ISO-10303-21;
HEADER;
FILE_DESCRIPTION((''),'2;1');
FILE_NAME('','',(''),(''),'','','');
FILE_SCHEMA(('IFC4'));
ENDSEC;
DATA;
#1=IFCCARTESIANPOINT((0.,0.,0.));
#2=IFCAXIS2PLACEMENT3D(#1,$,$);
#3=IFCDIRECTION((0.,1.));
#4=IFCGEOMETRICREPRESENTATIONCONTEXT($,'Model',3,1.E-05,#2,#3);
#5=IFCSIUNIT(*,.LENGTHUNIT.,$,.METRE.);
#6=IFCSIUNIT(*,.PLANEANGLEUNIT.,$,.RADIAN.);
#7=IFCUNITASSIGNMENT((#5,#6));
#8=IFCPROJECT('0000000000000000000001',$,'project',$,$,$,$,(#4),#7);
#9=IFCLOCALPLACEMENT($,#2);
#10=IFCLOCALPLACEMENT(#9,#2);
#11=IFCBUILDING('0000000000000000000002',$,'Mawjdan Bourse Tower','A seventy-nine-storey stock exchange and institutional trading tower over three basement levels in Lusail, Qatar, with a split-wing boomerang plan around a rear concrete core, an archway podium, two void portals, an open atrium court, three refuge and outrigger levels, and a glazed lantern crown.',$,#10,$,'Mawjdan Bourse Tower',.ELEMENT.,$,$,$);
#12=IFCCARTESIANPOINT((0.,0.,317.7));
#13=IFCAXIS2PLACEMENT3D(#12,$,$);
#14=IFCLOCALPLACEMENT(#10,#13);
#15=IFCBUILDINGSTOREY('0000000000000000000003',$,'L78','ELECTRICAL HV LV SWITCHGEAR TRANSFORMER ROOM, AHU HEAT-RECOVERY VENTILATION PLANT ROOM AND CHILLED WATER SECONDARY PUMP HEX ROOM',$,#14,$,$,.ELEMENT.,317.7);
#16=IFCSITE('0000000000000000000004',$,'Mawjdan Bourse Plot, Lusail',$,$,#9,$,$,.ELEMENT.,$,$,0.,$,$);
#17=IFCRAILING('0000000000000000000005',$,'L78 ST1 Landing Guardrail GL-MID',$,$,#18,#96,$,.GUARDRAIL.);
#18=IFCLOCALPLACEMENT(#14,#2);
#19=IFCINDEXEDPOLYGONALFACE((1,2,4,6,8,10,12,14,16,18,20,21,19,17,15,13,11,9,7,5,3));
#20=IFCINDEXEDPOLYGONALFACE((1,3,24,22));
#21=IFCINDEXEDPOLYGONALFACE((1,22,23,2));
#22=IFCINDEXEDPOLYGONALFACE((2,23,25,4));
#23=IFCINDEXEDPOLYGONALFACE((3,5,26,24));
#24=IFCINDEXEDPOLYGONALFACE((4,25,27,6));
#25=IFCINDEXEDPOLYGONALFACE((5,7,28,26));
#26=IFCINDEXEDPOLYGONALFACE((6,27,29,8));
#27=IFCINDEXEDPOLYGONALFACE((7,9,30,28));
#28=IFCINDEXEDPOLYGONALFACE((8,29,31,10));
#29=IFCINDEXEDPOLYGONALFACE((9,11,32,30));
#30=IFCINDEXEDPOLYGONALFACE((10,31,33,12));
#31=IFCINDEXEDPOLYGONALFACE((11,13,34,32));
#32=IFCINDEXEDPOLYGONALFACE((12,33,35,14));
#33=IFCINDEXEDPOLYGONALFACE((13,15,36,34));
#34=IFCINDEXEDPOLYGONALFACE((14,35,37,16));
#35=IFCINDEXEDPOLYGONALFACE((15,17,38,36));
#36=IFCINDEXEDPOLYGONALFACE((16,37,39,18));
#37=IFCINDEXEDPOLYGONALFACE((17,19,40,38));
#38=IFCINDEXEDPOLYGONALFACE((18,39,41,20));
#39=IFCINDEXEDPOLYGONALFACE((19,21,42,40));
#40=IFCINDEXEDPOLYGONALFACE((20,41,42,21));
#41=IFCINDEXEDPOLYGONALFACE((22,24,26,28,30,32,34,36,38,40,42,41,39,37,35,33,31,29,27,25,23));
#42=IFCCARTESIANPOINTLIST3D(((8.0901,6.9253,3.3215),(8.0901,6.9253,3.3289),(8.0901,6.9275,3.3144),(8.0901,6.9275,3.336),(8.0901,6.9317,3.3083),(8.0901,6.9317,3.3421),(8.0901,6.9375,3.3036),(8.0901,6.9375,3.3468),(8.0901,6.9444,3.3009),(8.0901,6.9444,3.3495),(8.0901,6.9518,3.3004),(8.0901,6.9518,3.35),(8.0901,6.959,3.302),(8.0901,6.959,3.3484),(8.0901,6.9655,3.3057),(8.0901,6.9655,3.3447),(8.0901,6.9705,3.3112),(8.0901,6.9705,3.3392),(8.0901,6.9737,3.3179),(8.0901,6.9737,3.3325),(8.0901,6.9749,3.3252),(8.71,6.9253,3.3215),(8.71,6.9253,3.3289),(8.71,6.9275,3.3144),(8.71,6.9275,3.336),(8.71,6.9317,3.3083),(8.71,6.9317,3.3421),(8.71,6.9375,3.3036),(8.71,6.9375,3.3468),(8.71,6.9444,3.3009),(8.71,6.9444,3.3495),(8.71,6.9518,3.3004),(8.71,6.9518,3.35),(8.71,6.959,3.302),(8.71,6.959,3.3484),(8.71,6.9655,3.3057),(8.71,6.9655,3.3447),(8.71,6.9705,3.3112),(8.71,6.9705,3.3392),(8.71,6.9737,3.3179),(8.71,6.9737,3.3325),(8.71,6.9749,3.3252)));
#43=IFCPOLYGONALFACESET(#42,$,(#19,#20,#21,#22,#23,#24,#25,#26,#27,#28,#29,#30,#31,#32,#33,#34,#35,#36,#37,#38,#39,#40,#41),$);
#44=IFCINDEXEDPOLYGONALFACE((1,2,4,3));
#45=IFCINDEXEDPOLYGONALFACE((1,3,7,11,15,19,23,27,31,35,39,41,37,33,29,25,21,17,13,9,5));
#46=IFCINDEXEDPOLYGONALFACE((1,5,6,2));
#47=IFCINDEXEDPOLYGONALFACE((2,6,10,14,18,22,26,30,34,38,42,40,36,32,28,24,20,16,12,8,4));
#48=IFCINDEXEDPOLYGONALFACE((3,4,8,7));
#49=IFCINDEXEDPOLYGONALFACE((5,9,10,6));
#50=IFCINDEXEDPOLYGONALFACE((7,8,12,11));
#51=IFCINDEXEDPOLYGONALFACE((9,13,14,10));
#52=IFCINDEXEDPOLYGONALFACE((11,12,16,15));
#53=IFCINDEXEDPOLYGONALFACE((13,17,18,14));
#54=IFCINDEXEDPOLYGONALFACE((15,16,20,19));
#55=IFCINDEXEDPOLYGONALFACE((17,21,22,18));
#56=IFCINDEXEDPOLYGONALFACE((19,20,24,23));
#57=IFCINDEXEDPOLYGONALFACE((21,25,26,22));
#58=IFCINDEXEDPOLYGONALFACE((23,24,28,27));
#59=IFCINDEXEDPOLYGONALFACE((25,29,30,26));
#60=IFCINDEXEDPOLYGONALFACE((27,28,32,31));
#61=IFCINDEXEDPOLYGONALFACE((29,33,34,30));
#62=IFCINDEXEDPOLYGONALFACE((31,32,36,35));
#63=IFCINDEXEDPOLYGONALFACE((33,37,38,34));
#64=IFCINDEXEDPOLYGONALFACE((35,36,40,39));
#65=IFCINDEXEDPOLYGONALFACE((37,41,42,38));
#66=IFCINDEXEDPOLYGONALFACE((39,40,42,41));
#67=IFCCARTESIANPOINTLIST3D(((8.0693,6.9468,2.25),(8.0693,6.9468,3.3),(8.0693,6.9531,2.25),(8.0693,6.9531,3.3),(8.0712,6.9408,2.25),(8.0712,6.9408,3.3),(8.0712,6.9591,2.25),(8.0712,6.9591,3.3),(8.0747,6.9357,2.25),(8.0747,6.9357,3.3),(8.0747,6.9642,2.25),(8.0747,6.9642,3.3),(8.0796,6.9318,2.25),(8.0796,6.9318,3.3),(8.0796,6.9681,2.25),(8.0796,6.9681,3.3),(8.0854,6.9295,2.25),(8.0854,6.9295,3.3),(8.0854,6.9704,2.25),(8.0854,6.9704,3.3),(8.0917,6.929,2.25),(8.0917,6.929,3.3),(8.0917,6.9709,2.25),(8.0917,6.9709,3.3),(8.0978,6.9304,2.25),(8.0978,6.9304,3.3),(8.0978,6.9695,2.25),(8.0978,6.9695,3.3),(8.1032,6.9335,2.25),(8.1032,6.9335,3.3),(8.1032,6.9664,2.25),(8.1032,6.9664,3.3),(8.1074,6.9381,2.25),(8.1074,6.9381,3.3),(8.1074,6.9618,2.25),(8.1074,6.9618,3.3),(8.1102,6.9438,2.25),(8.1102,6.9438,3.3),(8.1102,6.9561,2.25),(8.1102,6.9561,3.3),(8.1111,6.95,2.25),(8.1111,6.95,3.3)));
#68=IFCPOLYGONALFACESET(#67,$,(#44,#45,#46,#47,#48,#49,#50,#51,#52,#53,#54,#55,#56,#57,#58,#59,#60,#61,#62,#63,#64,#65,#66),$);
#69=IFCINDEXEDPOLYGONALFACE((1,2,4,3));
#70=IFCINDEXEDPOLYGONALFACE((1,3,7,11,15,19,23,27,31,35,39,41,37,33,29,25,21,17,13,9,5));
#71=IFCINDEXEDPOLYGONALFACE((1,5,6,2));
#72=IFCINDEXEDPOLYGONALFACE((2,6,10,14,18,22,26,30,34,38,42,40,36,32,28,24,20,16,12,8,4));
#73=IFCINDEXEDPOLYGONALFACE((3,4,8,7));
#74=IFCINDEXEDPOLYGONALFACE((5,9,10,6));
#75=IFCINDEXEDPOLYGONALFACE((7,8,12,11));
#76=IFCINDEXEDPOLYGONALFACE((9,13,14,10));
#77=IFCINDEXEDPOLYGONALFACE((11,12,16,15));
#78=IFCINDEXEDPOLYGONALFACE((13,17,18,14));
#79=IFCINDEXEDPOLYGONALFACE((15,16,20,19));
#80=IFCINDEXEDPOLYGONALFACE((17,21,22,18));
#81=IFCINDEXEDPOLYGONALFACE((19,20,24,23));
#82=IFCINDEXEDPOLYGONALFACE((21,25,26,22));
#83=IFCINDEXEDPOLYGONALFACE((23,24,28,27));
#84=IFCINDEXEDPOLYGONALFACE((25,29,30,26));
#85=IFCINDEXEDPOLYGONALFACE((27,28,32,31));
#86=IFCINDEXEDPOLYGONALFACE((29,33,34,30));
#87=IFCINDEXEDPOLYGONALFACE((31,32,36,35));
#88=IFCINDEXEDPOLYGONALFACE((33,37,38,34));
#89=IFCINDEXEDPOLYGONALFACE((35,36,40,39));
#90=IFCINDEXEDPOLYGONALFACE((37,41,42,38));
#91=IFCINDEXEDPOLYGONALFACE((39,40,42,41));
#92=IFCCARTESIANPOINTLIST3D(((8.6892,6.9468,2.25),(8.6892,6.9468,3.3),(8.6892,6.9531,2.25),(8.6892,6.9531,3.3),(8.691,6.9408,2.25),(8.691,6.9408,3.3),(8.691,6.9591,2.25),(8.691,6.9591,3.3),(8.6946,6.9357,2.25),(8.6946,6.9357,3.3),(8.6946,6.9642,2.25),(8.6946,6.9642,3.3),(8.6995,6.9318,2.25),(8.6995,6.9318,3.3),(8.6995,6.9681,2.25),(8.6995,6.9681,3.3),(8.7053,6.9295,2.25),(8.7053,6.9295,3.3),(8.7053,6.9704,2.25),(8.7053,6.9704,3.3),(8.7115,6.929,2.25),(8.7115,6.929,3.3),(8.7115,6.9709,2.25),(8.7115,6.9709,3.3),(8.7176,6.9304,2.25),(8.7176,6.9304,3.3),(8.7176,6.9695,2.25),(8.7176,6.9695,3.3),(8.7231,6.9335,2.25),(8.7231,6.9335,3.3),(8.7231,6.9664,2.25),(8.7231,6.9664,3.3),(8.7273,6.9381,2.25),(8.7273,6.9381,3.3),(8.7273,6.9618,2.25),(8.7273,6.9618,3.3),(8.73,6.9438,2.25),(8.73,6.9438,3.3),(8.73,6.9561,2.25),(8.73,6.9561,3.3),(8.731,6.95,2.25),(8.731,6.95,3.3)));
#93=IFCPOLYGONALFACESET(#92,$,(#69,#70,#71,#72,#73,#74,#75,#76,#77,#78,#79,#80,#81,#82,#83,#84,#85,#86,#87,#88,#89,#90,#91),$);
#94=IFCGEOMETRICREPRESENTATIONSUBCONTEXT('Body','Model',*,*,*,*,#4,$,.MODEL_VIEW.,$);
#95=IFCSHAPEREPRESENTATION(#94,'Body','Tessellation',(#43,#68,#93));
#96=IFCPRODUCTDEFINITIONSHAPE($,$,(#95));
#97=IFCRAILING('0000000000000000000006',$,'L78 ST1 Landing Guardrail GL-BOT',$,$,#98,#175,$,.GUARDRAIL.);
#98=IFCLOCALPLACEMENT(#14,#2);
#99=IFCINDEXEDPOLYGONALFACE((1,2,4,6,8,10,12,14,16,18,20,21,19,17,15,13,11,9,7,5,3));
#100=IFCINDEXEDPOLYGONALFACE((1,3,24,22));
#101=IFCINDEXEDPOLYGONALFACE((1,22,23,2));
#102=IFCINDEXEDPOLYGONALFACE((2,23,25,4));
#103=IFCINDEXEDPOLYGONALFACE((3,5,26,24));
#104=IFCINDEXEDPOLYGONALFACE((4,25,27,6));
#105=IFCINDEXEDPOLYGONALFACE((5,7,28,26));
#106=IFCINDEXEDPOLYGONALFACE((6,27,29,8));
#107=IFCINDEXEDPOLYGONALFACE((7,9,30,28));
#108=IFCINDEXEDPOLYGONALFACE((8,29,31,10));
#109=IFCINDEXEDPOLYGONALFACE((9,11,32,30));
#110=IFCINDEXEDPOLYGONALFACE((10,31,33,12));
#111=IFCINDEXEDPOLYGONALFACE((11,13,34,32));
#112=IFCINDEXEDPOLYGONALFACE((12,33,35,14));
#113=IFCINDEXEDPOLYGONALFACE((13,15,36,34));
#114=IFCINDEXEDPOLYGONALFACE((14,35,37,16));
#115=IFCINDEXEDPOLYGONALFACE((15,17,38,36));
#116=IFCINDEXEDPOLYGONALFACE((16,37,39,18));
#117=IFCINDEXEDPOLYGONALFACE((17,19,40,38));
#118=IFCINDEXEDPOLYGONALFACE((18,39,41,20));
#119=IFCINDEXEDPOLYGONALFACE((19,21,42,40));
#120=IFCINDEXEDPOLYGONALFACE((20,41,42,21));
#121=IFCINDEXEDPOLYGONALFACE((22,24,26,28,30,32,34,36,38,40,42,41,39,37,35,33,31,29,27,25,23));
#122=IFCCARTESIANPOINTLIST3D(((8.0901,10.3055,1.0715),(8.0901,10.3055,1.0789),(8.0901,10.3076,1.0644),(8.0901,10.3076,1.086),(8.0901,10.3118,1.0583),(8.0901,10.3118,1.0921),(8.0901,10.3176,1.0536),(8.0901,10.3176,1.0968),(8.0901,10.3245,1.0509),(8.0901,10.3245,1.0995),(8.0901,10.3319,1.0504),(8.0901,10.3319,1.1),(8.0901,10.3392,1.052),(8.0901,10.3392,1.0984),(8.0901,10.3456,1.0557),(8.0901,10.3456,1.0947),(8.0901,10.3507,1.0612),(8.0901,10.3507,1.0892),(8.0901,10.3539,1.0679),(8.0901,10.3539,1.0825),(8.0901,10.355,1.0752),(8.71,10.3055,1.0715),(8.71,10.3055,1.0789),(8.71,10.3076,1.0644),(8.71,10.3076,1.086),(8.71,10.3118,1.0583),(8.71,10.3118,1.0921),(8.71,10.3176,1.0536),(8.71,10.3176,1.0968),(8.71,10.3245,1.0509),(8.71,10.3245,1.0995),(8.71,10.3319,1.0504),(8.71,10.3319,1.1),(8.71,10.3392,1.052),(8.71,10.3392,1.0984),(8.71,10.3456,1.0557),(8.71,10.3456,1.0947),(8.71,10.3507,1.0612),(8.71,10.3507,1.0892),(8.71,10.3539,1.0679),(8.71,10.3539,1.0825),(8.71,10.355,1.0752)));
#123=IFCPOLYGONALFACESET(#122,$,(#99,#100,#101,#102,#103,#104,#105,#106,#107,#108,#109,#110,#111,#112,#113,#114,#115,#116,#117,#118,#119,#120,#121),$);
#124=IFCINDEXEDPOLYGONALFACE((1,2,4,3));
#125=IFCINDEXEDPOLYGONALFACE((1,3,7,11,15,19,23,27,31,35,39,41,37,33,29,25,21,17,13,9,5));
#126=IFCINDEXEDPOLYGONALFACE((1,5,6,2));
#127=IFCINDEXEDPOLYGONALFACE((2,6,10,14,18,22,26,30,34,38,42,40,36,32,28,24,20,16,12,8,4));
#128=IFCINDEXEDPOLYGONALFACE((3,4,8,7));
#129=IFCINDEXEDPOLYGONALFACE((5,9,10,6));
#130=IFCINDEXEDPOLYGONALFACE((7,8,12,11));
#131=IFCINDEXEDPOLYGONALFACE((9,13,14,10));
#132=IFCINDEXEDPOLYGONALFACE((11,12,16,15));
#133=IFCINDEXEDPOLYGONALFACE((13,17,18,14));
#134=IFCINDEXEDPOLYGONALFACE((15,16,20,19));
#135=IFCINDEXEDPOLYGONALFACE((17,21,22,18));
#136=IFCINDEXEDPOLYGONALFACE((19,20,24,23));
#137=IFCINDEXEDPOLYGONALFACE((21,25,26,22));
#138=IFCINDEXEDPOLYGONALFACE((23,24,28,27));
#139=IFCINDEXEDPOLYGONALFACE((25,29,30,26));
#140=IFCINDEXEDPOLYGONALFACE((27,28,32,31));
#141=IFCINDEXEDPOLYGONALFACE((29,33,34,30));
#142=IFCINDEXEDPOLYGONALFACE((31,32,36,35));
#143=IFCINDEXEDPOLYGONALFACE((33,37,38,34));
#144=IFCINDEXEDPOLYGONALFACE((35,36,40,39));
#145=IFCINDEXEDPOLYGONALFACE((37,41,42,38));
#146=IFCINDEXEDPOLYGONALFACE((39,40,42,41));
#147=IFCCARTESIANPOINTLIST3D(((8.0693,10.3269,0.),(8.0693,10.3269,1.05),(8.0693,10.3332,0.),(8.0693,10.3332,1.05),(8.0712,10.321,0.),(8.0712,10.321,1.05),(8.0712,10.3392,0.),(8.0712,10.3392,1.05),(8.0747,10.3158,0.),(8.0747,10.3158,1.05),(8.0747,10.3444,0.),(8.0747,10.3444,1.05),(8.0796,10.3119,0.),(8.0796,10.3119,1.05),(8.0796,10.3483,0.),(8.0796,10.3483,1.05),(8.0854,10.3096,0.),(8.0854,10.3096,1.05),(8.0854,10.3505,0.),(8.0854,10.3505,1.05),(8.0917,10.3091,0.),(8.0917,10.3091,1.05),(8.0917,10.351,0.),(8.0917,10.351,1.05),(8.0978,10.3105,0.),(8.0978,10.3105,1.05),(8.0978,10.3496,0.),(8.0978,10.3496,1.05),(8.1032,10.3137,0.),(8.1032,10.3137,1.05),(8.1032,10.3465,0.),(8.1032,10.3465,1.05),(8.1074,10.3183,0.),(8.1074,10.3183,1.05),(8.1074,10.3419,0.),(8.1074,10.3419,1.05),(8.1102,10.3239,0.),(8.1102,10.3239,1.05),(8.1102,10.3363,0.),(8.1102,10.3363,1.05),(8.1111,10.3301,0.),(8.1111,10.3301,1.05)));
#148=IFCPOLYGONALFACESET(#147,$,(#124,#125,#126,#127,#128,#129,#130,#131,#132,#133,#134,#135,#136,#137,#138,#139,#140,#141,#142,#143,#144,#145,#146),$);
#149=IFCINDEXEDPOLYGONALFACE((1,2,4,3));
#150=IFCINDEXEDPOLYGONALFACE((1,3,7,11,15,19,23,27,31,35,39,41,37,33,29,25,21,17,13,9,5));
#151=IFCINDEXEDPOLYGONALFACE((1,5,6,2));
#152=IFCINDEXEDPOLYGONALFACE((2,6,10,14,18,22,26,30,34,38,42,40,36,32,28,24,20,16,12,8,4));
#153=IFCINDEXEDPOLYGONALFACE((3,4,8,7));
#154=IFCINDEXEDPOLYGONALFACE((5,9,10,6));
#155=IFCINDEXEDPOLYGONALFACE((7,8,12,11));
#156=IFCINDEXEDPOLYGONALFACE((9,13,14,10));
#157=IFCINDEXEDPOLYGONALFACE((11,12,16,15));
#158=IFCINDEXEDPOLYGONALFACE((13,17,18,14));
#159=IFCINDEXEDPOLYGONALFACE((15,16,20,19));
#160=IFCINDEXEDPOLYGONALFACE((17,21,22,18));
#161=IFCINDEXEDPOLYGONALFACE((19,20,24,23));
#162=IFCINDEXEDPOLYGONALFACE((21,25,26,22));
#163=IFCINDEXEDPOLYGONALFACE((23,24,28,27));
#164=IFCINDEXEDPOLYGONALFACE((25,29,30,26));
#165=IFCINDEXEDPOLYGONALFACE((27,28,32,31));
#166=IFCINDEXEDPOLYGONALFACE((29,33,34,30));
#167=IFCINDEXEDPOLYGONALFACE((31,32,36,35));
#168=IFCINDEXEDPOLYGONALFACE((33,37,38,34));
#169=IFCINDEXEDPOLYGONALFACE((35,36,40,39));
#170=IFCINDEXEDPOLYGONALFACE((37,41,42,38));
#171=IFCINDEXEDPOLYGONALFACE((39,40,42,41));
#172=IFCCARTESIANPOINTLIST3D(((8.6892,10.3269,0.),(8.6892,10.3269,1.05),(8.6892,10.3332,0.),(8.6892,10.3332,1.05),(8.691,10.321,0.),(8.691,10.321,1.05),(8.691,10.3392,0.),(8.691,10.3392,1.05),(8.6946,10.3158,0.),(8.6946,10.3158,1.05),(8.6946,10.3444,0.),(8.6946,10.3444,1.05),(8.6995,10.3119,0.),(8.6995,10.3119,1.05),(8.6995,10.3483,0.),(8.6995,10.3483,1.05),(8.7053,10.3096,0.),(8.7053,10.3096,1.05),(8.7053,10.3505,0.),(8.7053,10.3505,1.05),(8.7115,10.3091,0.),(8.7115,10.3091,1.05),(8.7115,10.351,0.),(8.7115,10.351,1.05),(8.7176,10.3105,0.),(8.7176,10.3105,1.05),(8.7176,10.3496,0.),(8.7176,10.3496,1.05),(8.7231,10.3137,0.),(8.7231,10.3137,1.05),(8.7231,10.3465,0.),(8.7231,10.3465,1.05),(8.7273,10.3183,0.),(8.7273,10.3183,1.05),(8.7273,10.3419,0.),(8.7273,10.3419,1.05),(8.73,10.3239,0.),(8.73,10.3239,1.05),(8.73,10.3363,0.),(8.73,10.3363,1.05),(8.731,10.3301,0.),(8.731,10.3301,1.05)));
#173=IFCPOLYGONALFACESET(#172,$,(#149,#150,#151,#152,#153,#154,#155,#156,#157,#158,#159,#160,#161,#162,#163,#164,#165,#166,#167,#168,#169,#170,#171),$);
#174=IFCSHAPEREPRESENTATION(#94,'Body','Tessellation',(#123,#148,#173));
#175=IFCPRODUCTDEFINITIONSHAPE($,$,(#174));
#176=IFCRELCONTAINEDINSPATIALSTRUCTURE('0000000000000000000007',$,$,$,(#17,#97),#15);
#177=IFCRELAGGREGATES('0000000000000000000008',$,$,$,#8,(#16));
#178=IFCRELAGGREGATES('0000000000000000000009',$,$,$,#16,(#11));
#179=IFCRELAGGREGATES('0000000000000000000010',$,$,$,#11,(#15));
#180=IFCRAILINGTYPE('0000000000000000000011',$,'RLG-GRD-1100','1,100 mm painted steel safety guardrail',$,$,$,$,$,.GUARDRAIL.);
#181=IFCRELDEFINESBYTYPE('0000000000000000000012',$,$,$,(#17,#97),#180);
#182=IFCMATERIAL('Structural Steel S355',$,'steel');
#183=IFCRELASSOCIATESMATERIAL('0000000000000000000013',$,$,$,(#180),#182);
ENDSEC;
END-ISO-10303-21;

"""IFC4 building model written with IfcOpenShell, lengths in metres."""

from ifc_helpers import new_model, si_unit, direction, frame, origin, origin_2d, place, context, subcontext, project, spatial, circle, extrude, material, type_object, element, save


model = new_model("IFC4")

# Units and contexts
model_context = context("Model", 3, precision=1e-05, world=origin(), true_north=direction((0.0, 1.0)))
body_context = subcontext(model_context, "Body", "Model", "MODEL_VIEW")
ifc_project = project(units=[si_unit("LENGTHUNIT", "METRE"), si_unit("PLANEANGLEUNIT", "RADIAN")], contexts=[model_context])

# Site, building, storey
site_placement = place(None, origin())
site = spatial("IfcSite", under=ifc_project, at=site_placement, Name="Mawjdan Bourse Plot, Lusail", CompositionType="ELEMENT", RefElevation=0.0)
building_placement = place(site_placement, origin())
building = spatial("IfcBuilding", under=site, at=building_placement, Name="Mawjdan Bourse Tower", Description="A seventy-nine-storey stock exchange and institutional trading tower over three basement levels in Lusail, Qatar, with a split-wing boomerang plan around a rear concrete core, an archway podium, two void portals, an open atrium court, three refuge and outrigger levels, and a glazed lantern crown.", LongName="Mawjdan Bourse Tower", CompositionType="ELEMENT")
storey_placement = place(building_placement, frame((0.0, 0.0, 317.7)))
storey = spatial("IfcBuildingStorey", under=building, at=storey_placement, Name="L78", Description="ELECTRICAL HV LV SWITCHGEAR TRANSFORMER ROOM, AHU HEAT-RECOVERY VENTILATION PLANT ROOM AND CHILLED WATER SECONDARY PUMP HEX ROOM", CompositionType="ELEMENT", Elevation=317.7)

# Shared definitions
ifc_material_1 = material(Name="Structural Steel S355", Category="steel")

# Railings
railing_type_1 = type_object("IfcRailingType", Name="RLG-GRD-1100", Description="1,100 mm painted steel safety guardrail", PredefinedType="GUARDRAIL", material=ifc_material_1)
for number, where, name in (
    (1, (8.0901, 6.95, 2.25), "L78 ST1 Landing Guardrail GL-MID"),
    (2, (8.0901, 10.3301, 0.0), "L78 ST1 Landing Guardrail GL-BOT"),
):
    element("IfcRailing", number, at=place(storey_placement, frame(where)), inside=storey, type_object=railing_type_1, Name=name, PredefinedType="GUARDRAIL", context=body_context, shape_type="SweptSolid", body=[
        extrude(circle(Radius=0.0249, at=origin_2d()), frame((0.0, 0.0, 1.0752), z_axis=(1.0, 0.0, 0.0), x_axis=(0.0, 1.0, 0.0)), (0.0, 0.0, 1.0), 0.6199),
        extrude(circle(Radius=0.021, at=origin_2d()), origin(), (0.0, 0.0, 1.0), 1.05),
        extrude(circle(Radius=0.021, at=origin_2d()), frame((0.6199, 0.0, 0.0)), (0.0, 0.0, 1.0), 1.05),
    ])

save(model, "model.ifc")
